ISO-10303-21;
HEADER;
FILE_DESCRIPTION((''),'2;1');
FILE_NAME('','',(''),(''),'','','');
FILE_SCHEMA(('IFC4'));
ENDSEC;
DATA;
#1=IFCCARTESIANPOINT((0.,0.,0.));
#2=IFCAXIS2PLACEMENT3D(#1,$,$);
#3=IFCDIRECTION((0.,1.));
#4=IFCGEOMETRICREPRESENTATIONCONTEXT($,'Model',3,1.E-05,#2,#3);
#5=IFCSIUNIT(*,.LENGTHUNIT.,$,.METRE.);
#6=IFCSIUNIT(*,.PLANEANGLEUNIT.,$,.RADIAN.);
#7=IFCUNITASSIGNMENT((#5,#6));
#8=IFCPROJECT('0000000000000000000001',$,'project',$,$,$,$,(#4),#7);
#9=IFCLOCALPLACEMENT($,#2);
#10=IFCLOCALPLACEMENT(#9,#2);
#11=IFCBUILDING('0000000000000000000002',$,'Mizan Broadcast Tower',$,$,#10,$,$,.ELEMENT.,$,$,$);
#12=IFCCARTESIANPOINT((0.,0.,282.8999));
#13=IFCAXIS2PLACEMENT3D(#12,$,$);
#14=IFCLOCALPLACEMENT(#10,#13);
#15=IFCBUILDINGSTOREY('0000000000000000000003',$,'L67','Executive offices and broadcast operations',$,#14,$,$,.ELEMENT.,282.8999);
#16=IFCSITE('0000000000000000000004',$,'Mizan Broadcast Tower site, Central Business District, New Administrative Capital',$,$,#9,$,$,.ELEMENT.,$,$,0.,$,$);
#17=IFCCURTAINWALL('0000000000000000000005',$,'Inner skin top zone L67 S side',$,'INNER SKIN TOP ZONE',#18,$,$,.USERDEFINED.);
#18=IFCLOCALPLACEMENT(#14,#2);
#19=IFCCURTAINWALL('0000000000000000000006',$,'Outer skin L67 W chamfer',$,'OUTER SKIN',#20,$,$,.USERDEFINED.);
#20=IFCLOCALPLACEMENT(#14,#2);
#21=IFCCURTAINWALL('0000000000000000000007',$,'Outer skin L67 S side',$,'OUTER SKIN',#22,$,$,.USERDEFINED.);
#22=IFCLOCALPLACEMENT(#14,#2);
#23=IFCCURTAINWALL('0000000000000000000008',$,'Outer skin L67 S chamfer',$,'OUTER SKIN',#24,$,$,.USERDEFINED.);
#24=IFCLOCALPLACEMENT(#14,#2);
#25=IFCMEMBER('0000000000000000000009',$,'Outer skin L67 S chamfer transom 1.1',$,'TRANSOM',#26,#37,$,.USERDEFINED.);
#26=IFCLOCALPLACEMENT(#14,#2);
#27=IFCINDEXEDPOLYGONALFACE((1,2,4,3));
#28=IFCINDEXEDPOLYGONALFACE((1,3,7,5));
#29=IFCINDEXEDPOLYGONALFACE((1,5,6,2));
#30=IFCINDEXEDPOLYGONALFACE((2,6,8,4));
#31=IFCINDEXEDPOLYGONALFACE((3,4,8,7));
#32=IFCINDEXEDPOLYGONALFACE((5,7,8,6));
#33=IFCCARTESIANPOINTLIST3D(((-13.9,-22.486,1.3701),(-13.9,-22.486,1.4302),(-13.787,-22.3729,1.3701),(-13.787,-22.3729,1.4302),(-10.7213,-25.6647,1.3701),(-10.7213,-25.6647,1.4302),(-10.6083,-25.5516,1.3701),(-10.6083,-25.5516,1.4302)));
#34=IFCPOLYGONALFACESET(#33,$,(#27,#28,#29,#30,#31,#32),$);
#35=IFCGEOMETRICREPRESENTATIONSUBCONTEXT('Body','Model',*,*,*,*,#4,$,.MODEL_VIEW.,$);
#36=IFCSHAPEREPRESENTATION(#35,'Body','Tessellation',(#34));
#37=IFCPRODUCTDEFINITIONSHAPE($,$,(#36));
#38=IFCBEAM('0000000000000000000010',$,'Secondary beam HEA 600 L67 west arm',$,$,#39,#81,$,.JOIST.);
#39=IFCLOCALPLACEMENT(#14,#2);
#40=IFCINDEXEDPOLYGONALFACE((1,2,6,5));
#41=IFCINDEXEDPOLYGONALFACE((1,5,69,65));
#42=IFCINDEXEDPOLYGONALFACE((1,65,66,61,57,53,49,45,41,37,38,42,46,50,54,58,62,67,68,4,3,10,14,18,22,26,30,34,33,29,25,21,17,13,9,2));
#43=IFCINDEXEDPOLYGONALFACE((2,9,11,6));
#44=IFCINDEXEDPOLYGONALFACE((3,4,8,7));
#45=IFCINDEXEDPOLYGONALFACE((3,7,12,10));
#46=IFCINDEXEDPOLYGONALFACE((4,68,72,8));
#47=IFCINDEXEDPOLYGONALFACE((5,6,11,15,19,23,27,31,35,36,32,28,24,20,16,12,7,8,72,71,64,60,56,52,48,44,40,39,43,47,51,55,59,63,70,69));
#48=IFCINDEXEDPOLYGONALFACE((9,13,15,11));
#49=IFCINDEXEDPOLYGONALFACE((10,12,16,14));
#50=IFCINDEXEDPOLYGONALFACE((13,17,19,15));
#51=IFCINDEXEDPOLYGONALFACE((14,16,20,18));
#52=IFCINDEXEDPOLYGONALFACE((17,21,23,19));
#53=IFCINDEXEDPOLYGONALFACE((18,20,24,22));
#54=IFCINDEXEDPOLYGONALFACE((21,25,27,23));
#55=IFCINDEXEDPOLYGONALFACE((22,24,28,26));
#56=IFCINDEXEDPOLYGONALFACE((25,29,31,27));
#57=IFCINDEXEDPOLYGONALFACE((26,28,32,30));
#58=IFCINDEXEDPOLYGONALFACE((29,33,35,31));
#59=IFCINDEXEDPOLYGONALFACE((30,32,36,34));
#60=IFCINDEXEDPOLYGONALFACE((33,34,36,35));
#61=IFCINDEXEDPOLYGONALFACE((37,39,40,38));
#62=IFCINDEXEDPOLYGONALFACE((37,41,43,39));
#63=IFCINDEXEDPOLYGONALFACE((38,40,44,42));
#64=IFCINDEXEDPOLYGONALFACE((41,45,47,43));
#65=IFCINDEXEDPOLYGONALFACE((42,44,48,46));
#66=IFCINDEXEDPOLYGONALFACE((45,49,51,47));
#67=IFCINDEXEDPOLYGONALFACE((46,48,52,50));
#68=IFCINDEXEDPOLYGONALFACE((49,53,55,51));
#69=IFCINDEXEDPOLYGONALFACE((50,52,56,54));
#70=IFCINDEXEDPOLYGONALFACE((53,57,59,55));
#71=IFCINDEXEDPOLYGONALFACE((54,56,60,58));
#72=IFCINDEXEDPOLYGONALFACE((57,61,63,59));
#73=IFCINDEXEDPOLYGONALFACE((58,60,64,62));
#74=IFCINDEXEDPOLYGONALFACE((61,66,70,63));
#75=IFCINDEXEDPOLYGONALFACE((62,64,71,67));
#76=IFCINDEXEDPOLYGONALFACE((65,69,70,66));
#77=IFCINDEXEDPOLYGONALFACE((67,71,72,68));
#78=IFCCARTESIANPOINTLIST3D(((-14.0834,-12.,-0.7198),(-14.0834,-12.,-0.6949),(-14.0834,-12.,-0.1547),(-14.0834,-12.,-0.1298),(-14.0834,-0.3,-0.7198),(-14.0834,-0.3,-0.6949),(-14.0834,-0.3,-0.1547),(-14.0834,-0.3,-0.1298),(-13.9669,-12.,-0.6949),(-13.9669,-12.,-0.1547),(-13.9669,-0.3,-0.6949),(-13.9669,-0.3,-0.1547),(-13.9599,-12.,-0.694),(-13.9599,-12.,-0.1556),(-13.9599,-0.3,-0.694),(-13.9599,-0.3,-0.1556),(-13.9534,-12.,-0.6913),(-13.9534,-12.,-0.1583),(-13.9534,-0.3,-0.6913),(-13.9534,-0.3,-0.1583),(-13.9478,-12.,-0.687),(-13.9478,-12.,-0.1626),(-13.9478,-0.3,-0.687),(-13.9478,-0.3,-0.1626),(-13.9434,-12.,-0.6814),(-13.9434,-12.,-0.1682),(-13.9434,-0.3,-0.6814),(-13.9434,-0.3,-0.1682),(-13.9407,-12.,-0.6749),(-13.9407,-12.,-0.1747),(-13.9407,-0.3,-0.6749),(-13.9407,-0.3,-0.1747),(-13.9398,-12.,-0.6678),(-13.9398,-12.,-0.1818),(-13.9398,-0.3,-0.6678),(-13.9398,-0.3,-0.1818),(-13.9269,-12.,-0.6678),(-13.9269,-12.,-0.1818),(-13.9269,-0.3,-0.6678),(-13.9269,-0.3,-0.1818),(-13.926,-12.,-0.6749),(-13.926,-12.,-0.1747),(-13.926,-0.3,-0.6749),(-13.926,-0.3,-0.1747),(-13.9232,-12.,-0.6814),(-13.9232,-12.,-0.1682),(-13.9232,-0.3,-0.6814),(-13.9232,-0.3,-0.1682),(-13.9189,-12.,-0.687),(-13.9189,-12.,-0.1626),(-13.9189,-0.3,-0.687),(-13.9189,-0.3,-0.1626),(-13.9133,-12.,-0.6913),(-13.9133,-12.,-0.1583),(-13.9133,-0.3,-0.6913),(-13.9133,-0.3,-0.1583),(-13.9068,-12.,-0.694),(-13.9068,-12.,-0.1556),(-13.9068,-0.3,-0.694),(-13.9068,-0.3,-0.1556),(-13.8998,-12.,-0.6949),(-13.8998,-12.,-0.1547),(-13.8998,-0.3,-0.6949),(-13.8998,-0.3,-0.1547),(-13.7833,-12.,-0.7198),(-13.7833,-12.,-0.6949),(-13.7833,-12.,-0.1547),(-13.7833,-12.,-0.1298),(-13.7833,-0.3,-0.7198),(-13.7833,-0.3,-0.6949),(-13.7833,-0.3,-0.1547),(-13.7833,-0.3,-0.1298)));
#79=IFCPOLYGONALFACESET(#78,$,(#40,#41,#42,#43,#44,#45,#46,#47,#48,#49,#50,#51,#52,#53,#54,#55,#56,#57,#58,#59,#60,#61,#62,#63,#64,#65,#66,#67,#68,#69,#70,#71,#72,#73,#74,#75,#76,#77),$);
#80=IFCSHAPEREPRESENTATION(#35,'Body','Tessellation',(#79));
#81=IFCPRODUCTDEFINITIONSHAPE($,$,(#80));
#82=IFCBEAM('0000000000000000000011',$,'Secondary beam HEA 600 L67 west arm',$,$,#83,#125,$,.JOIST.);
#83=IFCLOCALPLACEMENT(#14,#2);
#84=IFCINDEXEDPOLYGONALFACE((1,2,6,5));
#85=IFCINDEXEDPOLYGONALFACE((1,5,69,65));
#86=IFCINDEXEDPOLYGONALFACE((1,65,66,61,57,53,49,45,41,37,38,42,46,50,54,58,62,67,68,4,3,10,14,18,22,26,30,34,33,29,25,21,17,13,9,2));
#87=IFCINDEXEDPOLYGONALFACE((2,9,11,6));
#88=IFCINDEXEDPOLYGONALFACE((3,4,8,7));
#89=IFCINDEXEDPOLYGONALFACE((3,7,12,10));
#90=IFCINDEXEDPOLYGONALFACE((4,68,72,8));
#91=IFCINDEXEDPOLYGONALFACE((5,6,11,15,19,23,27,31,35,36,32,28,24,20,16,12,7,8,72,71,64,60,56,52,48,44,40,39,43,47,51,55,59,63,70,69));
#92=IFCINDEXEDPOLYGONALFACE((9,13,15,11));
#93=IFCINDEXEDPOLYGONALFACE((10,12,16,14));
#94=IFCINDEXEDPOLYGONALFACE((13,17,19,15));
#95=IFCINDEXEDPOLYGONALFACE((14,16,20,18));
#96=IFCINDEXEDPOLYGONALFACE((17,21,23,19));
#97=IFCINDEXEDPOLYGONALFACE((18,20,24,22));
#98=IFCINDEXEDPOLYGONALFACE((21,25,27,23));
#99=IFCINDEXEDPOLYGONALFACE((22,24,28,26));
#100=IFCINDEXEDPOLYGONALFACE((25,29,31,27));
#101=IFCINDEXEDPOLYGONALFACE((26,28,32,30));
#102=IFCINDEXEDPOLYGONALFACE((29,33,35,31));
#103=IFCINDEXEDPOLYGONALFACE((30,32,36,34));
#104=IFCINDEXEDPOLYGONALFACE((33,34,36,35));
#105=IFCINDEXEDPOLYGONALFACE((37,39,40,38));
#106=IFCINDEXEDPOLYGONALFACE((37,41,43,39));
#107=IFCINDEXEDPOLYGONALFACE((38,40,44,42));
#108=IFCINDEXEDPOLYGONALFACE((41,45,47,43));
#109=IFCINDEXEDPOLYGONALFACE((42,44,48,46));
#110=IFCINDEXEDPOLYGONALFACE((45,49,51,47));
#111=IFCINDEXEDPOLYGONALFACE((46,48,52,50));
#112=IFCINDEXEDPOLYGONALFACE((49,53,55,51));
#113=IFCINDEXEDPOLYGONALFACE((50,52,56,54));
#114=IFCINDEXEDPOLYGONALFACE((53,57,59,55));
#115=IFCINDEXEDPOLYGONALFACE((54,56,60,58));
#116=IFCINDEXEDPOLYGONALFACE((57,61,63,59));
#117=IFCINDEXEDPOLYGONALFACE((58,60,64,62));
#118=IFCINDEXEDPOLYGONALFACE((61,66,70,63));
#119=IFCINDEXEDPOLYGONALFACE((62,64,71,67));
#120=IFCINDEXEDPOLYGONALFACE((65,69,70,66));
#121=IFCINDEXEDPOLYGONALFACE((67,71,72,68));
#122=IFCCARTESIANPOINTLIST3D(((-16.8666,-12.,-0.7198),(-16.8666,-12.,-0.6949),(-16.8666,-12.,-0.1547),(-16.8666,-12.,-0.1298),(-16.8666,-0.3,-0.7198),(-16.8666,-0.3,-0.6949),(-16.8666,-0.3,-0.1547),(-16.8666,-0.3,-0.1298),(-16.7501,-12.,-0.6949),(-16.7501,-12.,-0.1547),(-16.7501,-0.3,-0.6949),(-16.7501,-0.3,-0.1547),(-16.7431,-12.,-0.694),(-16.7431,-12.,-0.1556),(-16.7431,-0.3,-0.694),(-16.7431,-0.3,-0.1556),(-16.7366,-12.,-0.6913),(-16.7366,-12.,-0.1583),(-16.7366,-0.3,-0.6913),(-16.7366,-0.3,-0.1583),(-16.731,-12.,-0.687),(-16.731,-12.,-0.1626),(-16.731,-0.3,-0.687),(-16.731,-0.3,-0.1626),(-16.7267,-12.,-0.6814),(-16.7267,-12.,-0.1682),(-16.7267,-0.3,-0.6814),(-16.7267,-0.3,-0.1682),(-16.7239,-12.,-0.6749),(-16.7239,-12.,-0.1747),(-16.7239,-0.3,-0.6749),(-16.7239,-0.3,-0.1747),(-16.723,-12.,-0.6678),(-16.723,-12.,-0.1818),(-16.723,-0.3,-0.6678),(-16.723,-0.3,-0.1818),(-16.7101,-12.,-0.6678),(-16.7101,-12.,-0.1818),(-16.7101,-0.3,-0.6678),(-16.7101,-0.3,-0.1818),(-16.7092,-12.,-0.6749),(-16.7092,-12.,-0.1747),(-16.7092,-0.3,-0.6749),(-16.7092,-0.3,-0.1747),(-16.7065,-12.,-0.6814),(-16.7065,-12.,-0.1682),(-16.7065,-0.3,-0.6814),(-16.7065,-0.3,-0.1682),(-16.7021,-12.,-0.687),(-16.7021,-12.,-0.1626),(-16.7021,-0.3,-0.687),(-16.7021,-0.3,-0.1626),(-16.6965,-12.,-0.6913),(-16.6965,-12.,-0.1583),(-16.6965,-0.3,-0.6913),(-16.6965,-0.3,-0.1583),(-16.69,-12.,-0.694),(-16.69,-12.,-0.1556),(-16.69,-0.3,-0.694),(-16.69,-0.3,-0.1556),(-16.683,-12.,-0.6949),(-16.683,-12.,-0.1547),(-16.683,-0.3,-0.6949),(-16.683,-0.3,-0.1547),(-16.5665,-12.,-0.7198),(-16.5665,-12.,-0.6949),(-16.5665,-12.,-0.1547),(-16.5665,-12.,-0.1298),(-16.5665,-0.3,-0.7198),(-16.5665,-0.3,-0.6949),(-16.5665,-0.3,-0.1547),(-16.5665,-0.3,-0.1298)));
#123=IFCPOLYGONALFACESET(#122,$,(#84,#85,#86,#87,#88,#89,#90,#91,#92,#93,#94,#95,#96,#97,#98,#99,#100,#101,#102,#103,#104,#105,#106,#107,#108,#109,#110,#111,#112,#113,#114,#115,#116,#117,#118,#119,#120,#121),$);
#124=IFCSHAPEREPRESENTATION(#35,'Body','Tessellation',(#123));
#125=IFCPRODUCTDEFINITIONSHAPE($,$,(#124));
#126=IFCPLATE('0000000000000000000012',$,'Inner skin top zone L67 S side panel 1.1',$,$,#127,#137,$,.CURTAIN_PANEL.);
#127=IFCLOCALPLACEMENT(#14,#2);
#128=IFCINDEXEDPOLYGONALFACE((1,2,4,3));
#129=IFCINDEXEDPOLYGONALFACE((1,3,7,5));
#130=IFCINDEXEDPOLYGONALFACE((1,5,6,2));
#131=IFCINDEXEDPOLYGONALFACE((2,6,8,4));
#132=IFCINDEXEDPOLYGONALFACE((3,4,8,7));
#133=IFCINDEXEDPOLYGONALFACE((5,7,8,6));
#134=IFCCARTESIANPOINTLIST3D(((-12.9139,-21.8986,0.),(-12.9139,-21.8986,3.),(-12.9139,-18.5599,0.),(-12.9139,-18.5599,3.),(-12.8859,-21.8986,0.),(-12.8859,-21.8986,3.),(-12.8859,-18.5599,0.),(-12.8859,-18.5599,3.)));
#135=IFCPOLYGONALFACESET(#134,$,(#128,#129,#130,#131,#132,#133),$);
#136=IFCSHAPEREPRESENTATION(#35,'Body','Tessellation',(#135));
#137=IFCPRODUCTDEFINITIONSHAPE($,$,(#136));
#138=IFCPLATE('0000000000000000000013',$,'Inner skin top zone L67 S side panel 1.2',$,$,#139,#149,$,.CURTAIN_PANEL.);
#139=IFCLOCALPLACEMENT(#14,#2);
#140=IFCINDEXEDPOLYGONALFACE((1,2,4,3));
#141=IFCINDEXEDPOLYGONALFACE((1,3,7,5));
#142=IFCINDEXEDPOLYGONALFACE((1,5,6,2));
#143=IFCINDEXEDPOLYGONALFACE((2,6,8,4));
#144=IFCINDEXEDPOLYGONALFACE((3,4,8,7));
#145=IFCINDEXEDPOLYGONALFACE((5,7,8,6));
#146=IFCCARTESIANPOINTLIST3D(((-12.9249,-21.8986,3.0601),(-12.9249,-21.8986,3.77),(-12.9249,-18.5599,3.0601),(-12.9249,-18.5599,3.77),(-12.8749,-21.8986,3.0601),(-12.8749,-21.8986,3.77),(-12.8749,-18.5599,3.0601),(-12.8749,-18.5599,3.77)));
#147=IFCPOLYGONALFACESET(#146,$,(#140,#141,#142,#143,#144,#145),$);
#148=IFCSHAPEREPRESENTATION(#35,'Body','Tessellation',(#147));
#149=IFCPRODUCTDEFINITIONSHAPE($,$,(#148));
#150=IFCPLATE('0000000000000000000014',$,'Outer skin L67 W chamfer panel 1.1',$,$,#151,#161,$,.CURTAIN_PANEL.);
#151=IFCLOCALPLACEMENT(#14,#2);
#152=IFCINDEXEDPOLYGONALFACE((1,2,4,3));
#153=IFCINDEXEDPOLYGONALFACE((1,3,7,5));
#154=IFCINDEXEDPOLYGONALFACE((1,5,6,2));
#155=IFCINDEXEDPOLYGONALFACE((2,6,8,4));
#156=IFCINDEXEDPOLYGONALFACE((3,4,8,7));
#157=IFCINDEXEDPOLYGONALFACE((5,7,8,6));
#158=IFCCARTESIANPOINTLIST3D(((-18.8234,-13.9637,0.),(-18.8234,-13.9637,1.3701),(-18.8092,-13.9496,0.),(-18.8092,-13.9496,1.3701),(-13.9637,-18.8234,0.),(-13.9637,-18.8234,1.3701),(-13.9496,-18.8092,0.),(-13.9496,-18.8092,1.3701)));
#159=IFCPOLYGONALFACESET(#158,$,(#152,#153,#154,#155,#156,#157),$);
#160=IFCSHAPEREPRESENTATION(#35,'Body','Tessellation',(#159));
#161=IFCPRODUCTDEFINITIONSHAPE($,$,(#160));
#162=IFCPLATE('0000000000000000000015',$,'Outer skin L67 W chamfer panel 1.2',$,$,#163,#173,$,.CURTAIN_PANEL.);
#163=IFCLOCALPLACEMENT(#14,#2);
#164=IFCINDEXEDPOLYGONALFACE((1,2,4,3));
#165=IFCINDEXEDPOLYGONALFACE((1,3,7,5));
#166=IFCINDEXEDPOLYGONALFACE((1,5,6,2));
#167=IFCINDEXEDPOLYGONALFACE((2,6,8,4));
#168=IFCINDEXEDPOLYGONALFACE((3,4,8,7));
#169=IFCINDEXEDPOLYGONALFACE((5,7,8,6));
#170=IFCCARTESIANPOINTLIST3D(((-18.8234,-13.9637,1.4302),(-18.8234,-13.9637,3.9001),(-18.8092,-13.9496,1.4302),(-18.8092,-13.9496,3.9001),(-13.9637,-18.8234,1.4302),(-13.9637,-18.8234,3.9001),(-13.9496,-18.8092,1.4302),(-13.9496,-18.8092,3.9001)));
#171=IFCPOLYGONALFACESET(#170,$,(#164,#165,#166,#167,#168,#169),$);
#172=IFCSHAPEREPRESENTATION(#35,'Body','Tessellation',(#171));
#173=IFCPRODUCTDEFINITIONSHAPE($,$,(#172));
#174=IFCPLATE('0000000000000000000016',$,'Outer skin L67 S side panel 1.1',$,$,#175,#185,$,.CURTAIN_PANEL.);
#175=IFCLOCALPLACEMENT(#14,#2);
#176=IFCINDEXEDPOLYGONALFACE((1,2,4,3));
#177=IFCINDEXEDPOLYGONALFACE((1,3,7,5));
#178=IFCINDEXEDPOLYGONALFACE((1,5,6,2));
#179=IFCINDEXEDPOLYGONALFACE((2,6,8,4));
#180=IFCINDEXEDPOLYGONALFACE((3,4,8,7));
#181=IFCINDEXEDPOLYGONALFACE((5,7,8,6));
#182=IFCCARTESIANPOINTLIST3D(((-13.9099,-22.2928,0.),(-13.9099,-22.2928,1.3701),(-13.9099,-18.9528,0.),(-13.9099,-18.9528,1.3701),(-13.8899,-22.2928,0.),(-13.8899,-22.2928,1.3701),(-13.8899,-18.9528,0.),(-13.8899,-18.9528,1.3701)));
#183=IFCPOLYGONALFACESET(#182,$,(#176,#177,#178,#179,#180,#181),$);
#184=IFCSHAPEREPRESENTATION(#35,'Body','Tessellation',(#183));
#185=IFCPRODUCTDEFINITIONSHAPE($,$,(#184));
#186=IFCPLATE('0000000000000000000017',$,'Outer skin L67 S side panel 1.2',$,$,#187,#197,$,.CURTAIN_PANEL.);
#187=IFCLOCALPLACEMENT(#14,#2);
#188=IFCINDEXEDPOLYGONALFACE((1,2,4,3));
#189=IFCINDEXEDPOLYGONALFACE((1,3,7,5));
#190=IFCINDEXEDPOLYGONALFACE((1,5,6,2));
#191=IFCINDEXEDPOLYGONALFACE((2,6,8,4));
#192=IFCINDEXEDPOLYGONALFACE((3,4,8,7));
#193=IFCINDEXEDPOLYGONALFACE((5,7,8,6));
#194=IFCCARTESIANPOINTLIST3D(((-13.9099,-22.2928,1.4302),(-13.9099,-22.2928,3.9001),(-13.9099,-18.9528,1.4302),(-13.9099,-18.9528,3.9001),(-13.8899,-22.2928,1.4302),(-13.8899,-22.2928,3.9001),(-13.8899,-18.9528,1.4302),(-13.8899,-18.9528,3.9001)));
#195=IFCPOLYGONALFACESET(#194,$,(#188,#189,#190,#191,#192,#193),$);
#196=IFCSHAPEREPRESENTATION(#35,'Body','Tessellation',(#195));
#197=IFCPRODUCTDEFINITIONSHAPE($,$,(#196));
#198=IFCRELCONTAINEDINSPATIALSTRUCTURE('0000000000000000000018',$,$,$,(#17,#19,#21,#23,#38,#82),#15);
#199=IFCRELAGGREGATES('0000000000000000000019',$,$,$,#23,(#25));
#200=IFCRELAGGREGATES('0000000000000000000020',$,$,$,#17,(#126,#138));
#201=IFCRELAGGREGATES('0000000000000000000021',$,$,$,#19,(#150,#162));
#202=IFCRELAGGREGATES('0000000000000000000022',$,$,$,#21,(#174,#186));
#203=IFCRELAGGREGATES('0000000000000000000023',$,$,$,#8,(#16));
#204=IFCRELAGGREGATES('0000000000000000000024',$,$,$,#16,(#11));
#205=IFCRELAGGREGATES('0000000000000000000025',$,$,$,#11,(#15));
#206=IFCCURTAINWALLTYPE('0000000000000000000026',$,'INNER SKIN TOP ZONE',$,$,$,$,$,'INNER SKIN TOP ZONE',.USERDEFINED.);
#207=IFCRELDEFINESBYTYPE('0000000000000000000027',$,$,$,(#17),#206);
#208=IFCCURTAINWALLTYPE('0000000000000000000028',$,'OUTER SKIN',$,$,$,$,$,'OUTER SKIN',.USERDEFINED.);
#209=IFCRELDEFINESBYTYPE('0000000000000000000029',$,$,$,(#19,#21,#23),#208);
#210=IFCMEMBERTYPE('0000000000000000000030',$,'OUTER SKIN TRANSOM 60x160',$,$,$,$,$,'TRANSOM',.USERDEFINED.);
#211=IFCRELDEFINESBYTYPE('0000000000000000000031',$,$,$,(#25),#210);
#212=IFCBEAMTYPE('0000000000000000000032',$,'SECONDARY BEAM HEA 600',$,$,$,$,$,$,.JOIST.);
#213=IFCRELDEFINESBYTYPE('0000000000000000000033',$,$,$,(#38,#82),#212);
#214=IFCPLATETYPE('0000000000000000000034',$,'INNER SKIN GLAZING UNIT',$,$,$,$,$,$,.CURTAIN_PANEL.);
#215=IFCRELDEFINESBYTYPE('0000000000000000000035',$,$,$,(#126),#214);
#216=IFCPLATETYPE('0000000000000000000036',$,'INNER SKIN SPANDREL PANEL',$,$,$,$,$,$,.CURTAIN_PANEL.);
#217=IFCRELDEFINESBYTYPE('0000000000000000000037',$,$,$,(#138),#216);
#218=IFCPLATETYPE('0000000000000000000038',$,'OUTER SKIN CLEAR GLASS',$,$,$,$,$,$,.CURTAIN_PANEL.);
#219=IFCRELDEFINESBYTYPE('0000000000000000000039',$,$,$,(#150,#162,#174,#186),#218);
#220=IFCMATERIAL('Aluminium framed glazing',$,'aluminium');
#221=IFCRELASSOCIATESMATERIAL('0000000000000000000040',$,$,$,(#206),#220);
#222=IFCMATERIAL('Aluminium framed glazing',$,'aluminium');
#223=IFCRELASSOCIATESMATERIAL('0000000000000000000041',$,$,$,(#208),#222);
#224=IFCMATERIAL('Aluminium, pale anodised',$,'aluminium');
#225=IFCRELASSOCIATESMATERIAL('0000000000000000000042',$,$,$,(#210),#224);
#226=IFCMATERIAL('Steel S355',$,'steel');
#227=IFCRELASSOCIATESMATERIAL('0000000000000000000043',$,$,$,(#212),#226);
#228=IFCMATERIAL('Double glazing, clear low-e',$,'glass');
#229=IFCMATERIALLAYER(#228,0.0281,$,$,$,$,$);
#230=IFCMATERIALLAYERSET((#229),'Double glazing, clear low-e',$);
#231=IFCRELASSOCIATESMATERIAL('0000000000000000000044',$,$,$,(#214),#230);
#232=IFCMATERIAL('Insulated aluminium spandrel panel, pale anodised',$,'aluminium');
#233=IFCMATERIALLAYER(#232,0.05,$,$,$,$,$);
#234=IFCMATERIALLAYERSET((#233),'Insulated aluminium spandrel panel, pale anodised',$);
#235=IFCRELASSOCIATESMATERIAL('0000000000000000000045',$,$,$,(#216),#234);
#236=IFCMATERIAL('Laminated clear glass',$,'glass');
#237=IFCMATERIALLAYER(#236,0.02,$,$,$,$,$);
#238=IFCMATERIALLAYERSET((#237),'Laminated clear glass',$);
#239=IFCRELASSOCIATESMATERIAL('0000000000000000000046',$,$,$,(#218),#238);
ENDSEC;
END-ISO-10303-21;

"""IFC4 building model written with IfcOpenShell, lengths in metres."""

from ifc_helpers import new_model, si_unit, direction, frame, origin, origin_2d, place, context, subcontext, project, spatial, rectangle, i_section, extrude, material, layer, layer_set, material_profile, profile_set, type_object, element, aggregate, save


model = new_model("IFC4")

# Units and contexts
model_context = context("Model", 3, precision=1e-05, world=origin(), true_north=direction((0.0, 1.0)))
body_context = subcontext(model_context, "Body", "Model", "MODEL_VIEW")
ifc_project = project(units=[si_unit("LENGTHUNIT", "METRE"), si_unit("PLANEANGLEUNIT", "RADIAN")], contexts=[model_context])

# Site, building, storey
site_placement = place(None, origin())
site = spatial("IfcSite", under=ifc_project, at=site_placement, Name="Mizan Broadcast Tower site, Central Business District, New Administrative Capital", CompositionType="ELEMENT", RefElevation=0.0)
building_placement = place(site_placement, origin())
building = spatial("IfcBuilding", under=site, at=building_placement, Name="Mizan Broadcast Tower", CompositionType="ELEMENT")
storey_placement = place(building_placement, frame((0.0, 0.0, 282.8999)))
storey = spatial("IfcBuildingStorey", under=building, at=storey_placement, Name="L67", Description="Executive offices and broadcast operations", CompositionType="ELEMENT", Elevation=282.8999)

# Shared definitions
ifc_material_1 = material(Name="Aluminium framed glazing", Category="aluminium")
curtain_wall_type_1 = type_object("IfcCurtainWallType", Name="INNER SKIN TOP ZONE", ElementType="INNER SKIN TOP ZONE", PredefinedType="USERDEFINED", material=ifc_material_1)

# Curtain wall
curtain_wall_1_placement = place(storey_placement, origin())
curtain_wall_1 = element("IfcCurtainWall", 1, at=curtain_wall_1_placement, inside=storey, type_object=curtain_wall_type_1, Name="Inner skin top zone L67 S side", ObjectType="INNER SKIN TOP ZONE", PredefinedType="USERDEFINED")

# Curtain walls
ifc_material_2 = material(Name="Aluminium framed glazing", Category="aluminium")
curtain_wall_type_2 = type_object("IfcCurtainWallType", Name="OUTER SKIN", ElementType="OUTER SKIN", PredefinedType="USERDEFINED", material=ifc_material_2)
curtain_wall_2_placement = place(storey_placement, origin())
curtain_wall_2 = element("IfcCurtainWall", 2, at=curtain_wall_2_placement, inside=storey, type_object=curtain_wall_type_2, Name="Outer skin L67 W chamfer", ObjectType="OUTER SKIN", PredefinedType="USERDEFINED")
curtain_wall_3_placement = place(storey_placement, origin())
curtain_wall_3 = element("IfcCurtainWall", 3, at=curtain_wall_3_placement, inside=storey, type_object=curtain_wall_type_2, Name="Outer skin L67 S side", ObjectType="OUTER SKIN", PredefinedType="USERDEFINED")

# Shared definitions
ifc_material_3 = material(Name="Aluminium, pale anodised", Category="aluminium")
ifc_material_profile_1 = material_profile(ifc_material_3, rectangle(XDim=0.1599, YDim=0.0601, at=origin_2d()), Name="TRANSOM 160x60")
ifc_profile_set_1 = profile_set([ifc_material_profile_1], Name="Aluminium, pale anodised")
member_type_1 = type_object("IfcMemberType", Name="OUTER SKIN TRANSOM 60x160", ElementType="TRANSOM", PredefinedType="USERDEFINED", material=ifc_profile_set_1)

# Curtain wall, member
curtain_wall_4_placement = place(storey_placement, origin())
curtain_wall_4 = element("IfcCurtainWall", 4, at=curtain_wall_4_placement, inside=storey, type_object=curtain_wall_type_2, Name="Outer skin L67 S chamfer", ObjectType="OUTER SKIN", PredefinedType="USERDEFINED")
member_1_placement = place(storey_placement, frame((-13.8435, -22.4294, 1.4001), z_axis=(0.707107, -0.707107, 0.0), x_axis=(0.707107, 0.707107, 0.0)))
member_1 = element("IfcMember", 5, at=member_1_placement, type_object=member_type_1, Name="Outer skin L67 S chamfer transom 1.1", ObjectType="TRANSOM", PredefinedType="USERDEFINED", context=body_context, shape_type="SweptSolid", body=[
    extrude(rectangle(XDim=0.1599, YDim=0.0601, at=origin_2d()), origin(), (0.0, 0.0, 1.0), 4.4954),
])
aggregate(curtain_wall_4, [member_1])

# Beams
ifc_material_4 = material(Name="Steel S355", Category="steel")
ifc_material_profile_2 = material_profile(ifc_material_4, i_section(OverallWidth=0.3, OverallDepth=0.5901, WebThickness=0.0129, FlangeThickness=0.0249, FilletRadius=0.0271, at=origin_2d()), Name="HEA 600")
ifc_profile_set_2 = profile_set([ifc_material_profile_2], Name="Steel S355")
beam_type_1 = type_object("IfcBeamType", Name="SECONDARY BEAM HEA 600", PredefinedType="JOIST", material=ifc_profile_set_2)
for number, where, z_axis, x_axis, name in (
    (6, (-13.9333, -12.0, -0.4248), (0.0, 1.0, 0.0), (-1.0, 0.0, 0.0), "Secondary beam HEA 600 L67 west arm"),
    (7, (-16.7166, -12.0, -0.4248), (0.0, 1.0, 0.0), (-1.0, 0.0, 0.0), "Secondary beam HEA 600 L67 west arm"),
):
    element("IfcBeam", number, at=place(storey_placement, frame(where, z_axis=z_axis, x_axis=x_axis)), inside=storey, type_object=beam_type_1, Name=name, PredefinedType="JOIST", context=body_context, shape_type="SweptSolid", body=[
        extrude(i_section(OverallWidth=0.3, OverallDepth=0.5901, WebThickness=0.0129, FlangeThickness=0.0249, FilletRadius=0.0271, at=origin_2d()), origin(), (0.0, 0.0, 1.0), 11.7),
    ])

# Plates
ifc_material_5 = material(Name="Double glazing, clear low-e", Category="glass")
ifc_layer_1 = layer(ifc_material_5, 0.0281)
ifc_layer_set_1 = layer_set([ifc_layer_1], Name="Double glazing, clear low-e")
plate_type_1 = type_object("IfcPlateType", Name="INNER SKIN GLAZING UNIT", PredefinedType="CURTAIN_PANEL", material=ifc_layer_set_1)
plate_1_placement = place(storey_placement, frame((-12.8999, -20.2292, 0.0), z_axis=(0.0, 0.0, 1.0), x_axis=(0.0, -1.0, 0.0)))
plate_1 = element("IfcPlate", 8, at=plate_1_placement, type_object=plate_type_1, Name="Inner skin top zone L67 S side panel 1.1", PredefinedType="CURTAIN_PANEL", context=body_context, shape_type="SweptSolid", body=[
    extrude(rectangle(XDim=3.3386, YDim=0.0281, at=origin_2d()), origin(), (0.0, 0.0, 1.0), 3.0),
])
ifc_material_6 = material(Name="Insulated aluminium spandrel panel, pale anodised", Category="aluminium")
ifc_layer_2 = layer(ifc_material_6, 0.05)
ifc_layer_set_2 = layer_set([ifc_layer_2], Name="Insulated aluminium spandrel panel, pale anodised")
plate_type_2 = type_object("IfcPlateType", Name="INNER SKIN SPANDREL PANEL", PredefinedType="CURTAIN_PANEL", material=ifc_layer_set_2)
plate_2_placement = place(storey_placement, frame((-12.8999, -20.2292, 3.0601), z_axis=(0.0, 0.0, 1.0), x_axis=(0.0, -1.0, 0.0)))
plate_2 = element("IfcPlate", 9, at=plate_2_placement, type_object=plate_type_2, Name="Inner skin top zone L67 S side panel 1.2", PredefinedType="CURTAIN_PANEL", context=body_context, shape_type="SweptSolid", body=[
    extrude(rectangle(XDim=3.3386, YDim=0.05, at=origin_2d()), origin(), (0.0, 0.0, 1.0), 0.71),
])
aggregate(curtain_wall_1, [plate_1, plate_2])
ifc_material_7 = material(Name="Laminated clear glass", Category="glass")
ifc_layer_3 = layer(ifc_material_7, 0.02)
ifc_layer_set_3 = layer_set([ifc_layer_3], Name="Laminated clear glass")
plate_type_3 = type_object("IfcPlateType", Name="OUTER SKIN CLEAR GLASS", PredefinedType="CURTAIN_PANEL", material=ifc_layer_set_3)
plate_3_placement = place(storey_placement, frame((-16.3865, -16.3865, 0.0), z_axis=(0.0, 0.0, 1.0), x_axis=(0.707107, -0.707107, 0.0)))
plate_3 = element("IfcPlate", 10, at=plate_3_placement, type_object=plate_type_3, Name="Outer skin L67 W chamfer panel 1.1", PredefinedType="CURTAIN_PANEL", context=body_context, shape_type="SweptSolid", body=[
    extrude(rectangle(XDim=6.8726, YDim=0.02, at=origin_2d()), origin(), (0.0, 0.0, 1.0), 1.3701),
])
plate_4_placement = place(storey_placement, frame((-16.3865, -16.3865, 1.4302), z_axis=(0.0, 0.0, 1.0), x_axis=(0.707107, -0.707107, 0.0)))
plate_4 = element("IfcPlate", 11, at=plate_4_placement, type_object=plate_type_3, Name="Outer skin L67 W chamfer panel 1.2", PredefinedType="CURTAIN_PANEL", context=body_context, shape_type="SweptSolid", body=[
    extrude(rectangle(XDim=6.8726, YDim=0.02, at=origin_2d()), origin(), (0.0, 0.0, 1.0), 2.47),
])
aggregate(curtain_wall_2, [plate_3, plate_4])
plate_5_placement = place(storey_placement, frame((-13.8999, -20.6228, 0.0), z_axis=(0.0, 0.0, 1.0), x_axis=(0.0, -1.0, 0.0)))
plate_5 = element("IfcPlate", 12, at=plate_5_placement, type_object=plate_type_3, Name="Outer skin L67 S side panel 1.1", PredefinedType="CURTAIN_PANEL", context=body_context, shape_type="SweptSolid", body=[
    extrude(rectangle(XDim=3.3401, YDim=0.02, at=origin_2d()), origin(), (0.0, 0.0, 1.0), 1.3701),
])
plate_6_placement = place(storey_placement, frame((-13.8999, -20.6228, 1.4302), z_axis=(0.0, 0.0, 1.0), x_axis=(0.0, -1.0, 0.0)))
plate_6 = element("IfcPlate", 13, at=plate_6_placement, type_object=plate_type_3, Name="Outer skin L67 S side panel 1.2", PredefinedType="CURTAIN_PANEL", context=body_context, shape_type="SweptSolid", body=[
    extrude(rectangle(XDim=3.3401, YDim=0.02, at=origin_2d()), origin(), (0.0, 0.0, 1.0), 2.47),
])
aggregate(curtain_wall_3, [plate_5, plate_6])

save(model, "model.ifc")
